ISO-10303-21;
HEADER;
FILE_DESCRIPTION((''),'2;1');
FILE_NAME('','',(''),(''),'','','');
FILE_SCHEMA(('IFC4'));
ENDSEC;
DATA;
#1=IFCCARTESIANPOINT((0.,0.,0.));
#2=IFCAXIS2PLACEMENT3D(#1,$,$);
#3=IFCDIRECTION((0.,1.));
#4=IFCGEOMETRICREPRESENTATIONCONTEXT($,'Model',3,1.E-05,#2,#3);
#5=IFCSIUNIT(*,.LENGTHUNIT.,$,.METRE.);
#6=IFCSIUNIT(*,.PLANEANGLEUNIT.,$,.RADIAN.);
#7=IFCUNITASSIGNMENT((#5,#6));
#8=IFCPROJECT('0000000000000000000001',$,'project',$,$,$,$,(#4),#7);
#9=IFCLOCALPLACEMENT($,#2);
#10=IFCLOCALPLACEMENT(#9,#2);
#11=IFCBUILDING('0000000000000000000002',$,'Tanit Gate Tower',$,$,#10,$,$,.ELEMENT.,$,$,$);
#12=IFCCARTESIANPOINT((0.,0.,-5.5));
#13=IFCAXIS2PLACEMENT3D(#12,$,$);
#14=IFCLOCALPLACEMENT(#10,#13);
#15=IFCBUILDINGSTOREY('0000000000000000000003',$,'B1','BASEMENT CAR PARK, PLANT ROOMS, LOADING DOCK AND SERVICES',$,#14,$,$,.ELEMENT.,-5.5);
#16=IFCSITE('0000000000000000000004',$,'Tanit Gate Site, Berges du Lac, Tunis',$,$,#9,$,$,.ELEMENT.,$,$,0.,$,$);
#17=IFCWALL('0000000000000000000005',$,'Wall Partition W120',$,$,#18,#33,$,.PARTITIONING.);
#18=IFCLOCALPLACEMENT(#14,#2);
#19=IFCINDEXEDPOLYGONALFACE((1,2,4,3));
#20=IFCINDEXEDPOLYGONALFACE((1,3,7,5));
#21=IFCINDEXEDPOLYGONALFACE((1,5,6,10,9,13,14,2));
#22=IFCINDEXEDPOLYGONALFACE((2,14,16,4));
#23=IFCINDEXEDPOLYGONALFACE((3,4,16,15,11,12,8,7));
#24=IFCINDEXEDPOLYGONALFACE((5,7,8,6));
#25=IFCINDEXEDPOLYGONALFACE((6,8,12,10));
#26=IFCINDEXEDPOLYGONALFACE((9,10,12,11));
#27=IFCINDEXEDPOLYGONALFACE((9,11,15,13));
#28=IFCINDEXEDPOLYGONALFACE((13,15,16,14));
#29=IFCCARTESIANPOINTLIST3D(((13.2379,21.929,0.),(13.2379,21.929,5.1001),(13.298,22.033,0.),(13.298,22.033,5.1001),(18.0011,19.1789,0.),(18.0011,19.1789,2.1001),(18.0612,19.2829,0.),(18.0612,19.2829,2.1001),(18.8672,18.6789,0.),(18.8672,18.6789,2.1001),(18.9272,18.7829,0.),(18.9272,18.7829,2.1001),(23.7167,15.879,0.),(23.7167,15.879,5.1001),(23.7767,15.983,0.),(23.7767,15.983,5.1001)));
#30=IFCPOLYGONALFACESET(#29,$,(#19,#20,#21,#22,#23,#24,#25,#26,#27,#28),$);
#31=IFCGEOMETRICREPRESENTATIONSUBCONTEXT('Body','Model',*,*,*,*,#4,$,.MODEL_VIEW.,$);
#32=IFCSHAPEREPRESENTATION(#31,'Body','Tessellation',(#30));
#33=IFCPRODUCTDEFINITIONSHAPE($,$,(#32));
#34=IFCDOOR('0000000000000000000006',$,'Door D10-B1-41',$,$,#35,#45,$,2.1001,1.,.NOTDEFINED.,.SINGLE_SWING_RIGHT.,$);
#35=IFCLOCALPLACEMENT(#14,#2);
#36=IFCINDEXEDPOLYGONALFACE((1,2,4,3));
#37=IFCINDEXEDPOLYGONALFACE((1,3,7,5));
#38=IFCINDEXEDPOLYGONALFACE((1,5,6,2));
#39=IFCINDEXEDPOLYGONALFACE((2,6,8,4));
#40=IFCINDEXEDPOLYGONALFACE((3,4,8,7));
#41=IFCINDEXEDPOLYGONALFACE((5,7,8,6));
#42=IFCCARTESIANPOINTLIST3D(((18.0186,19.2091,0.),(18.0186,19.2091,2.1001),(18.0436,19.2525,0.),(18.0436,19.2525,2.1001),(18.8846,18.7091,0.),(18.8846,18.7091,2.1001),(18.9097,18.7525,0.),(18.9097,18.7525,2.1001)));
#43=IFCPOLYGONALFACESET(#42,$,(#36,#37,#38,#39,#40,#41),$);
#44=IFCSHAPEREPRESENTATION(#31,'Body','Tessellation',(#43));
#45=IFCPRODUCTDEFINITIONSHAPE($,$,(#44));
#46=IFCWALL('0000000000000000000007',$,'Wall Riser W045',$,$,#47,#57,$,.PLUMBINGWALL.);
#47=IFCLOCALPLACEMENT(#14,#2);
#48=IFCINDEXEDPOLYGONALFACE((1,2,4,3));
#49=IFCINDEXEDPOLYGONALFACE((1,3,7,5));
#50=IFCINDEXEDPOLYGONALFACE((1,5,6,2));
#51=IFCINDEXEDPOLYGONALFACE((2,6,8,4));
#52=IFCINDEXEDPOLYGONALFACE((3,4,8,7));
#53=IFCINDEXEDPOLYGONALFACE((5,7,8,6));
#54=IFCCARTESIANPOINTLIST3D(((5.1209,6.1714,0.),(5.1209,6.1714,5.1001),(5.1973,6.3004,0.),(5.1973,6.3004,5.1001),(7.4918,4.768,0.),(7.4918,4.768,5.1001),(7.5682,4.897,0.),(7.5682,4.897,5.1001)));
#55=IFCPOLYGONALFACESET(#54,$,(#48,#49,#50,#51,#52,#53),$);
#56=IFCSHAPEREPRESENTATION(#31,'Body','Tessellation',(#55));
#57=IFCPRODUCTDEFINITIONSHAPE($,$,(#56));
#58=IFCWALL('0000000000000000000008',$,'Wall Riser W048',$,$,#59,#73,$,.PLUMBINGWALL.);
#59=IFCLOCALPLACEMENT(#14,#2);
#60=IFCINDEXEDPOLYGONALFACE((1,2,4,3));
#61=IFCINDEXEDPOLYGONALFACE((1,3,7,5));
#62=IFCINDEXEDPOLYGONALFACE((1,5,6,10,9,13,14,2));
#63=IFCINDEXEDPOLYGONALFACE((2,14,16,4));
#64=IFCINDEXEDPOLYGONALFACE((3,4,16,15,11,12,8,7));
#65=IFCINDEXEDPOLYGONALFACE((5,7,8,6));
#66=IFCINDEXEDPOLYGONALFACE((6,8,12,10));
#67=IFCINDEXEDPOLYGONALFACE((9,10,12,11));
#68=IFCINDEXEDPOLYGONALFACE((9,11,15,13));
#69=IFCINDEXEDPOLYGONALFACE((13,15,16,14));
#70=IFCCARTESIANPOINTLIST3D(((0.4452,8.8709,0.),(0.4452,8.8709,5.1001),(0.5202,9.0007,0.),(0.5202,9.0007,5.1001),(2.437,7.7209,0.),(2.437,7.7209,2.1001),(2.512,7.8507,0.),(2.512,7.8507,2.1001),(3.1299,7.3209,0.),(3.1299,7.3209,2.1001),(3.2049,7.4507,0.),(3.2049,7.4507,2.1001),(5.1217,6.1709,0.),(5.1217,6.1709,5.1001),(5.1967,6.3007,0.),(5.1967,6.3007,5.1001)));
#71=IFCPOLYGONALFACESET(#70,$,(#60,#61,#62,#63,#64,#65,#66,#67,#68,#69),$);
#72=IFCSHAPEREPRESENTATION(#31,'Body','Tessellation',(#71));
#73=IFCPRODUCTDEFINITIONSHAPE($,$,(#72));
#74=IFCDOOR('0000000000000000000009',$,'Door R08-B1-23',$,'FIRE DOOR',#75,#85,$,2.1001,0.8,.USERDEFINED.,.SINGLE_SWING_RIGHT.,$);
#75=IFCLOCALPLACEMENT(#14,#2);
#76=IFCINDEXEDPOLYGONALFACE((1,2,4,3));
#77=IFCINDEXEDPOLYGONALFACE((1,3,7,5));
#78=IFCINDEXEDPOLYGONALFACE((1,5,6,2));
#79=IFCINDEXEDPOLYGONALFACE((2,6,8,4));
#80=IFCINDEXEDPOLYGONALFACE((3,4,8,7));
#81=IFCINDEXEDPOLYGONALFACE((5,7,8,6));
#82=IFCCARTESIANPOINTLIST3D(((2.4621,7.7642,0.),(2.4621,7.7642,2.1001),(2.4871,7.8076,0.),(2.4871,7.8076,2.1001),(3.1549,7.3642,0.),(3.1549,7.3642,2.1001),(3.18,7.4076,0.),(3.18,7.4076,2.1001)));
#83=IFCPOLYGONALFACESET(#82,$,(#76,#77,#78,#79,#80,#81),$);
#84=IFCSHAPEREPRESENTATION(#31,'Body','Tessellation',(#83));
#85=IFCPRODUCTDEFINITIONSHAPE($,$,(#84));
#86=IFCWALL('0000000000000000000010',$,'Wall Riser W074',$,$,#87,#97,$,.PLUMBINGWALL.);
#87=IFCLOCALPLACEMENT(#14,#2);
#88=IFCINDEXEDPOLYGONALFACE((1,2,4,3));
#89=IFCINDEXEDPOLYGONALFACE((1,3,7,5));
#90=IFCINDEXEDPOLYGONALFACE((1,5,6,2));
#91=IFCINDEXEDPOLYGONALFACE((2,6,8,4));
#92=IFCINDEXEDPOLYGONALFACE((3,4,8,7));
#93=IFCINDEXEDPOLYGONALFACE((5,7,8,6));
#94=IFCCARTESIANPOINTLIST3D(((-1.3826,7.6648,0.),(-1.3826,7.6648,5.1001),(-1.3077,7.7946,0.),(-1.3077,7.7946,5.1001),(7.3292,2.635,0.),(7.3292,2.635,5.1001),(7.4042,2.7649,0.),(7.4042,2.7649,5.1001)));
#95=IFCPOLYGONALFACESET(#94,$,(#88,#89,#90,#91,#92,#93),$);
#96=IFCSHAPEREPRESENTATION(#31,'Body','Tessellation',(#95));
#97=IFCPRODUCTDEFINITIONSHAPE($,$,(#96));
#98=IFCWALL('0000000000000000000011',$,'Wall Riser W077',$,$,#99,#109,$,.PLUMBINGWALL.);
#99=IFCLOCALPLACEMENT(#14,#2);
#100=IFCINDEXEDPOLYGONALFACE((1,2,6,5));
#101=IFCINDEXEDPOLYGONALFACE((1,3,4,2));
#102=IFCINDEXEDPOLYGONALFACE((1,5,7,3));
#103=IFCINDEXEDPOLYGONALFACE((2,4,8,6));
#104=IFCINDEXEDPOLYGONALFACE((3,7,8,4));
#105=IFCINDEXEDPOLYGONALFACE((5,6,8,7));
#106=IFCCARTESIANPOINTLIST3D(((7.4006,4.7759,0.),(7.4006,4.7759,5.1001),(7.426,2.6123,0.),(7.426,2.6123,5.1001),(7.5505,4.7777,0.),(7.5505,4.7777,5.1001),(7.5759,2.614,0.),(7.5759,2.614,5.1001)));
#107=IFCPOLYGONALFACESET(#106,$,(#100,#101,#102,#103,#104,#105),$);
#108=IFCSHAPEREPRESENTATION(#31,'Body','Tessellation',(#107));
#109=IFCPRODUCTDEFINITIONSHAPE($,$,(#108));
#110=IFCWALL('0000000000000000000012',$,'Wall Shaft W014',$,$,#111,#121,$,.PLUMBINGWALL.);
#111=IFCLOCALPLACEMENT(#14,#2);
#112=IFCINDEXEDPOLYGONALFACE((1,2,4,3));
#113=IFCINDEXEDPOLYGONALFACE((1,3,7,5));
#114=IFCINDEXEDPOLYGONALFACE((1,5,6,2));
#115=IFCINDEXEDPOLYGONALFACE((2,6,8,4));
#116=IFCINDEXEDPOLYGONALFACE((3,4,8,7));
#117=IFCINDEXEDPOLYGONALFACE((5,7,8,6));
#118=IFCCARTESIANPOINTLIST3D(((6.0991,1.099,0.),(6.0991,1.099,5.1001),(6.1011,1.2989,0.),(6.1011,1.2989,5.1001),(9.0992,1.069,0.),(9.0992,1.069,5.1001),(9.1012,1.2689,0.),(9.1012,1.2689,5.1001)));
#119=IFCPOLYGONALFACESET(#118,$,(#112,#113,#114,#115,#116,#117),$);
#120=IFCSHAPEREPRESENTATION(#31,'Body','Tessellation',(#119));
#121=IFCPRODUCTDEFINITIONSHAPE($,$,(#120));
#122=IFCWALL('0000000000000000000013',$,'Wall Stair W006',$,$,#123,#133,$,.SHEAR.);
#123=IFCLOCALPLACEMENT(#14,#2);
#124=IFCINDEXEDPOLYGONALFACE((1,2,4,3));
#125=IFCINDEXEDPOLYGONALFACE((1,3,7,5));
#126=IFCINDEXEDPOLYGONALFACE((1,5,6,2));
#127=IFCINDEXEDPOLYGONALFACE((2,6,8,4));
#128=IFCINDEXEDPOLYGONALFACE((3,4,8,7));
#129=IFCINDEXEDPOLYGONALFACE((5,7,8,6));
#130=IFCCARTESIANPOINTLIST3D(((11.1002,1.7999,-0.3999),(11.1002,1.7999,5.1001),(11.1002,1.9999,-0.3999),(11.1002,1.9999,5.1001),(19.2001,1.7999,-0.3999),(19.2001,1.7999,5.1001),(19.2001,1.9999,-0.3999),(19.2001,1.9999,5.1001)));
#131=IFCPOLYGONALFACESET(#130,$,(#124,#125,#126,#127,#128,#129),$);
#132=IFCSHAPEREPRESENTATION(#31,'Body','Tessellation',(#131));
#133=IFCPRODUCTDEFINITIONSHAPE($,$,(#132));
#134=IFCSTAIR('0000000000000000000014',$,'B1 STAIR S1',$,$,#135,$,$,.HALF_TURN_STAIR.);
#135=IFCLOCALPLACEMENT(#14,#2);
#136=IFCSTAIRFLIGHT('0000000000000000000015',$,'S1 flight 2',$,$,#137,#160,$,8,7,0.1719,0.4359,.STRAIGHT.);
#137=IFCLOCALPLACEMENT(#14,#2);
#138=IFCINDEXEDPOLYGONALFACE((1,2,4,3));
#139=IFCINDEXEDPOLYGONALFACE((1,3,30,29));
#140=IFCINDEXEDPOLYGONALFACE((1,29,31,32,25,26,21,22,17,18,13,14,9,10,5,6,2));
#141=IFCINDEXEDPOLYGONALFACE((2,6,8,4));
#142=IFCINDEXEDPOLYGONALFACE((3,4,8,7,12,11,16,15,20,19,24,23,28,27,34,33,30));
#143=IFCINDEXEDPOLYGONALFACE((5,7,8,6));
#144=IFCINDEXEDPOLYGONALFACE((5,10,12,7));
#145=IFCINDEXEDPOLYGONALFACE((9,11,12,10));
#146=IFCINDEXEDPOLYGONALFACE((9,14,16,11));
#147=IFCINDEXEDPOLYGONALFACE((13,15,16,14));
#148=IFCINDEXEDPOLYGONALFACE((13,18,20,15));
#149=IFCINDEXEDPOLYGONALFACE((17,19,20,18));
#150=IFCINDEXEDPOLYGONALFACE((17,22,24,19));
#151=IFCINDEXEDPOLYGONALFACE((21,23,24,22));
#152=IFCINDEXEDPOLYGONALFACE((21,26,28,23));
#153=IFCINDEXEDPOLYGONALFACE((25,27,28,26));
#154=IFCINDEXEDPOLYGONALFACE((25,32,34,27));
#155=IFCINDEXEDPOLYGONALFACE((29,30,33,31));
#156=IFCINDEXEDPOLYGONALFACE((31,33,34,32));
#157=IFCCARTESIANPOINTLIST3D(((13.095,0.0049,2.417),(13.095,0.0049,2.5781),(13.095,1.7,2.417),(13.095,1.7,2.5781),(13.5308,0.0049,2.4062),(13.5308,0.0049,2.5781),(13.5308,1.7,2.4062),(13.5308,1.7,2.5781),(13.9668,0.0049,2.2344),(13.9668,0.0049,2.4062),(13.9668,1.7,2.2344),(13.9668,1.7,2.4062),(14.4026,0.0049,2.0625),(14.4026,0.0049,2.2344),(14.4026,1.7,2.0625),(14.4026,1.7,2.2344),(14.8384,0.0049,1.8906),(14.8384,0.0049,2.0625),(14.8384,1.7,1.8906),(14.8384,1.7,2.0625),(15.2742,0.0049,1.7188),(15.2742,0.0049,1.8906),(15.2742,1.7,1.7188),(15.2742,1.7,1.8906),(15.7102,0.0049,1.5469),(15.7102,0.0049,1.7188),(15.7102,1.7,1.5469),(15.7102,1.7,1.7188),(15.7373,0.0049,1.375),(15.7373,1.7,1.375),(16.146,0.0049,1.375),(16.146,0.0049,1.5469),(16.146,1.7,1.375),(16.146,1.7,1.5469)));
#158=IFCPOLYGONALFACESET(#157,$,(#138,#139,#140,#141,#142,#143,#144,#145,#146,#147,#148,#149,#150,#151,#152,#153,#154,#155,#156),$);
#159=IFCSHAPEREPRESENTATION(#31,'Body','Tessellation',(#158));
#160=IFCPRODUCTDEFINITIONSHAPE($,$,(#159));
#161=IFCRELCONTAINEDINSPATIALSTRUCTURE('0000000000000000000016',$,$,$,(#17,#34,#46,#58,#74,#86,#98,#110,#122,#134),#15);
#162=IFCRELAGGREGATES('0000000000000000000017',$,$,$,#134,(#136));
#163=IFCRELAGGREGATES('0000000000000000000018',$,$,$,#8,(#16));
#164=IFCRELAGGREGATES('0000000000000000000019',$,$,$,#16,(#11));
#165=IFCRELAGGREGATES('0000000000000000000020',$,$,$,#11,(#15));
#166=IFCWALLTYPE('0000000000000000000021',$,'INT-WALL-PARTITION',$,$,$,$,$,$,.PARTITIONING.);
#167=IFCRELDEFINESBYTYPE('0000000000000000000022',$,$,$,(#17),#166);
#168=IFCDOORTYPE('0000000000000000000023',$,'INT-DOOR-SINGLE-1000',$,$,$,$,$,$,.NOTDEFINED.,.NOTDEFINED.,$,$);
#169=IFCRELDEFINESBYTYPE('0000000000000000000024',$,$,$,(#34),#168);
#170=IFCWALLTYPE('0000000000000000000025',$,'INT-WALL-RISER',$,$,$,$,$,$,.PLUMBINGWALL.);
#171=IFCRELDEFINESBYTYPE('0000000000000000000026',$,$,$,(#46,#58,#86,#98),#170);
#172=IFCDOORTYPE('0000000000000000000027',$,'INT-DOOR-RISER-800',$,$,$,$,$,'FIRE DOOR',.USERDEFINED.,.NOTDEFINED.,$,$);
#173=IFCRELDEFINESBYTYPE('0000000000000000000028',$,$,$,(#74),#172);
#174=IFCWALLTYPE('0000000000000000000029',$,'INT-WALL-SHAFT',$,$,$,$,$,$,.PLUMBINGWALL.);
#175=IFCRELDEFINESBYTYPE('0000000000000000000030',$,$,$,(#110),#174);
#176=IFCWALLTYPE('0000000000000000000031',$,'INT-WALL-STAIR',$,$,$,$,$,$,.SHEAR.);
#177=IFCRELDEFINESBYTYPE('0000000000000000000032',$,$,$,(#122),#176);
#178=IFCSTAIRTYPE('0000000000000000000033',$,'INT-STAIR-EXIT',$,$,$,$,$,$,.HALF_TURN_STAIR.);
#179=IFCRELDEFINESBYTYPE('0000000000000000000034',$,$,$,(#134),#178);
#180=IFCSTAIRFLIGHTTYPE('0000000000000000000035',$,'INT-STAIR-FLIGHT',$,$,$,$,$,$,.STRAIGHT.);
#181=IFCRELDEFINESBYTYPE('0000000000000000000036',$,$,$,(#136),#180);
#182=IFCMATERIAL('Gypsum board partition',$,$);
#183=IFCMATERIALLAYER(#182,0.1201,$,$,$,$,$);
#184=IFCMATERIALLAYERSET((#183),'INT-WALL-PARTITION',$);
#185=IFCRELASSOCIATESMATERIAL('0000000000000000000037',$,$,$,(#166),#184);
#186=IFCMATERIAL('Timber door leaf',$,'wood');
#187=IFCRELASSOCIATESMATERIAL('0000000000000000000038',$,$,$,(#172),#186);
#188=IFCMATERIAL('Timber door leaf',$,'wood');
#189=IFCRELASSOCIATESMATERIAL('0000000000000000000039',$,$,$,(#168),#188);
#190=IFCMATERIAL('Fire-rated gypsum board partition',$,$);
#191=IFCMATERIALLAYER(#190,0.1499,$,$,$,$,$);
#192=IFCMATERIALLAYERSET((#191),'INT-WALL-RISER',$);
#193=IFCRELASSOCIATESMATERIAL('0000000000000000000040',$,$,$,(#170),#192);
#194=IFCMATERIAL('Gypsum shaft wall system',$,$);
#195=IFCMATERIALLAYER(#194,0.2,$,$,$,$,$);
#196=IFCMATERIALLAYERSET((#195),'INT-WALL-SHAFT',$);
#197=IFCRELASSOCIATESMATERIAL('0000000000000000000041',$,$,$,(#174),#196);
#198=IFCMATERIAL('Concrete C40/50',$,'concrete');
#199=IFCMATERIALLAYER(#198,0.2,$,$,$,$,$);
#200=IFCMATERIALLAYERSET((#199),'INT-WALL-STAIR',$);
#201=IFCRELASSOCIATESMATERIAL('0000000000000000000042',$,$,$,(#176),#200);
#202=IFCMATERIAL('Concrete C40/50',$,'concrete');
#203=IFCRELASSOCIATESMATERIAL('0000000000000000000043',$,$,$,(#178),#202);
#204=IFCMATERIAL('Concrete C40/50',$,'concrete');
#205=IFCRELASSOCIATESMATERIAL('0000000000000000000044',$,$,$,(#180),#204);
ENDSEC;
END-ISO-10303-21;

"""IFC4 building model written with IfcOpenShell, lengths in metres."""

from ifc_helpers import new_model, si_unit, direction, frame, frame_2d, origin, place, context, subcontext, project, spatial, polyline, rectangle, outline, extrude, material, layer, layer_set, type_object, element, fill, aggregate, save


model = new_model("IFC4")

# Units and contexts
model_context = context("Model", 3, precision=1e-05, world=origin(), true_north=direction((0.0, 1.0)))
body_context = subcontext(model_context, "Body", "Model", "MODEL_VIEW")
ifc_project = project(units=[si_unit("LENGTHUNIT", "METRE"), si_unit("PLANEANGLEUNIT", "RADIAN")], contexts=[model_context])

# Site, building, storey
site_placement = place(None, origin())
site = spatial("IfcSite", under=ifc_project, at=site_placement, Name="Tanit Gate Site, Berges du Lac, Tunis", CompositionType="ELEMENT", RefElevation=0.0)
building_placement = place(site_placement, origin())
building = spatial("IfcBuilding", under=site, at=building_placement, Name="Tanit Gate Tower", CompositionType="ELEMENT")
storey_placement = place(building_placement, frame((0.0, 0.0, -5.5)))
storey = spatial("IfcBuildingStorey", under=building, at=storey_placement, Name="B1", Description="BASEMENT CAR PARK, PLANT ROOMS, LOADING DOCK AND SERVICES", CompositionType="ELEMENT", Elevation=-5.5)

# Wall, opening, door
ifc_material_1 = material(Name="Gypsum board partition")
ifc_layer_1 = layer(ifc_material_1, 0.1201)
ifc_layer_set_1 = layer_set([ifc_layer_1], Name="INT-WALL-PARTITION")
wall_type_1 = type_object("IfcWallType", Name="INT-WALL-PARTITION", PredefinedType="PARTITIONING", material=ifc_layer_set_1)
ifc_material_2 = material(Name="Timber door leaf", Category="wood")
door_type_1 = type_object("IfcDoorType", Name="INT-DOOR-RISER-800", ElementType="FIRE DOOR", OperationType="NOTDEFINED", PredefinedType="USERDEFINED", material=ifc_material_2)
wall_1_placement = place(storey_placement, frame((13.2681, 21.981, 0.0), z_axis=(0.0, 0.0, 1.0), x_axis=(0.866021, -0.500008, 0.0)))
wall_1 = element("IfcWall", 1, at=wall_1_placement, inside=storey, type_object=wall_type_1, Name="Wall Partition W120", PredefinedType="PARTITIONING", context=body_context, shape_type="SweptSolid", body=[
    extrude(rectangle(XDim=12.0999, YDim=0.1201, at=frame_2d((6.0498, 0.0))), origin(), (0.0, 0.0, 1.0), 5.1001),
])
opening_1_placement = place(wall_1_placement, frame((5.5, 0.0, 0.0)))
opening_1 = element("IfcOpeningElement", 2, at=opening_1_placement, cuts=wall_1, PredefinedType="OPENING", context=body_context, shape_type="SweptSolid", body=[
    extrude(rectangle(XDim=1.0, YDim=2.1001, at=frame_2d((0.5, 1.05))), frame((0.0, 0.0701, 0.0), z_axis=(0.0, -1.0, 0.0), x_axis=(1.0, 0.0, 0.0)), (0.0, 0.0, 1.0), 0.1401),
])
ifc_material_3 = material(Name="Timber door leaf", Category="wood")
door_type_2 = type_object("IfcDoorType", Name="INT-DOOR-SINGLE-1000", OperationType="NOTDEFINED", PredefinedType="NOTDEFINED", material=ifc_material_3)
door_1_placement = place(opening_1_placement, origin())
door_1 = element("IfcDoor", 3, at=door_1_placement, inside=storey, type_object=door_type_2, Name="Door D10-B1-41", OperationType="SINGLE_SWING_RIGHT", OverallHeight=2.1001, OverallWidth=1.0, PredefinedType="NOTDEFINED", context=body_context, shape_type="SweptSolid", body=[
    extrude(rectangle(XDim=1.0, YDim=2.1001, at=frame_2d((0.5, 1.05))), frame((0.0, 0.0249, 0.0), z_axis=(0.0, -1.0, 0.0), x_axis=(1.0, 0.0, 0.0)), (0.0, 0.0, 1.0), 0.05),
])
fill(opening_1, door_1)

# Wall
ifc_material_4 = material(Name="Fire-rated gypsum board partition")
ifc_layer_2 = layer(ifc_material_4, 0.1499)
ifc_layer_set_2 = layer_set([ifc_layer_2], Name="INT-WALL-RISER")
wall_type_2 = type_object("IfcWallType", Name="INT-WALL-RISER", PredefinedType="PLUMBINGWALL", material=ifc_layer_set_2)
wall_2_placement = place(storey_placement, frame((5.1592, 6.2358, 0.0), z_axis=(0.0, 0.0, 1.0), x_axis=(0.860551, -0.509365, 0.0)))
element("IfcWall", 4, at=wall_2_placement, inside=storey, type_object=wall_type_2, Name="Wall Riser W045", PredefinedType="PLUMBINGWALL", context=body_context, shape_type="SweptSolid", body=[
    extrude(rectangle(XDim=2.7551, YDim=0.1499, at=frame_2d((1.3774, 0.0))), origin(), (0.0, 0.0, 1.0), 5.1001),
])

# Wall, opening, door
wall_3_placement = place(storey_placement, frame((5.1592, 6.2358, 0.0), z_axis=(0.0, 0.0, 1.0), x_axis=(-0.866028, 0.499995, 0.0)))
wall_3 = element("IfcWall", 5, at=wall_3_placement, inside=storey, type_object=wall_type_2, Name="Wall Riser W048", PredefinedType="PLUMBINGWALL", context=body_context, shape_type="SweptSolid", body=[
    extrude(rectangle(XDim=5.3999, YDim=0.1499, at=frame_2d((2.7, 0.0))), origin(), (0.0, 0.0, 1.0), 5.1001),
])
opening_2_placement = place(wall_3_placement, frame((2.3, 0.0, 0.0)))
opening_2 = element("IfcOpeningElement", 6, at=opening_2_placement, cuts=wall_3, PredefinedType="OPENING", context=body_context, shape_type="SweptSolid", body=[
    extrude(rectangle(XDim=0.8, YDim=2.1001, at=frame_2d((0.3999, 1.05))), frame((0.0, 0.085, 0.0), z_axis=(0.0, -1.0, 0.0), x_axis=(1.0, 0.0, 0.0)), (0.0, 0.0, 1.0), 0.1699),
])
door_2_placement = place(opening_2_placement, origin())
door_2 = element("IfcDoor", 7, at=door_2_placement, inside=storey, type_object=door_type_1, Name="Door R08-B1-23", ObjectType="FIRE DOOR", OperationType="SINGLE_SWING_RIGHT", OverallHeight=2.1001, OverallWidth=0.8, PredefinedType="USERDEFINED", context=body_context, shape_type="SweptSolid", body=[
    extrude(rectangle(XDim=0.8, YDim=2.1001, at=frame_2d((0.3999, 1.05))), frame((0.0, 0.0249, 0.0), z_axis=(0.0, -1.0, 0.0), x_axis=(1.0, 0.0, 0.0)), (0.0, 0.0, 1.0), 0.05),
])
fill(opening_2, door_2)

# Walls
wall_4_placement = place(storey_placement, frame((7.3667, 2.7, 0.0), z_axis=(0.0, 0.0, 1.0), x_axis=(-0.866027, 0.499997, 0.0)))
element("IfcWall", 8, at=wall_4_placement, inside=storey, type_object=wall_type_2, Name="Wall Riser W074", PredefinedType="PLUMBINGWALL", context=body_context, shape_type="SweptSolid", body=[
    extrude(rectangle(XDim=10.0596, YDim=0.1499, at=frame_2d((5.0298, 0.0))), origin(), (0.0, 0.0, 1.0), 5.1001),
])
wall_5_placement = place(storey_placement, frame((7.501, 2.613, 0.0), z_axis=(0.0, 0.0, 1.0), x_axis=(-0.011735, 0.999931, 0.0)))
element("IfcWall", 9, at=wall_5_placement, inside=storey, type_object=wall_type_2, Name="Wall Riser W077", PredefinedType="PLUMBINGWALL", context=body_context, shape_type="SweptSolid", body=[
    extrude(rectangle(XDim=2.1638, YDim=0.1499, at=frame_2d((1.082, 0.0))), origin(), (0.0, 0.0, 1.0), 5.1001),
])

# Shared definitions
ifc_material_5 = material(Name="Gypsum shaft wall system")
ifc_layer_3 = layer(ifc_material_5, 0.2)
ifc_layer_set_3 = layer_set([ifc_layer_3], Name="INT-WALL-SHAFT")
wall_type_3 = type_object("IfcWallType", Name="INT-WALL-SHAFT", PredefinedType="PLUMBINGWALL", material=ifc_layer_set_3)

# Walls
wall_6_placement = place(storey_placement, frame((9.1001, 1.1689, 0.0), z_axis=(0.0, 0.0, 1.0), x_axis=(-0.99995, 0.010009, 0.0)))
element("IfcWall", 10, at=wall_6_placement, inside=storey, type_object=wall_type_3, Name="Wall Shaft W014", PredefinedType="PLUMBINGWALL", context=body_context, shape_type="SweptSolid", body=[
    extrude(rectangle(XDim=3.0002, YDim=0.2, at=frame_2d((1.5, 0.0))), origin(), (0.0, 0.0, 1.0), 5.1001),
])
ifc_material_6 = material(Name="Concrete C40/50", Category="concrete")
ifc_layer_4 = layer(ifc_material_6, 0.2)
ifc_layer_set_4 = layer_set([ifc_layer_4], Name="INT-WALL-STAIR")
wall_type_4 = type_object("IfcWallType", Name="INT-WALL-STAIR", PredefinedType="SHEAR", material=ifc_layer_set_4)
wall_7_placement = place(storey_placement, frame((19.2, 1.8999, -0.3999), z_axis=(0.0, 0.0, 1.0), x_axis=(-1.0, 0.0, 0.0)))
element("IfcWall", 11, at=wall_7_placement, inside=storey, type_object=wall_type_4, Name="Wall Stair W006", PredefinedType="SHEAR", context=body_context, shape_type="SweptSolid", body=[
    extrude(rectangle(XDim=8.0999, YDim=0.2, at=frame_2d((4.0498, 0.0))), origin(), (0.0, 0.0, 1.0), 5.5),
])

# Stair, stair flight
ifc_material_7 = material(Name="Concrete C40/50", Category="concrete")
stair_type = type_object("IfcStairType", Name="INT-STAIR-EXIT", PredefinedType="HALF_TURN_STAIR", material=ifc_material_7)
stair_placement = place(storey_placement, origin())
stair = element("IfcStair", 12, at=stair_placement, inside=storey, type_object=stair_type, Name="B1 STAIR S1", PredefinedType="HALF_TURN_STAIR")
ifc_material_8 = material(Name="Concrete C40/50", Category="concrete")
stair_flight_type = type_object("IfcStairFlightType", Name="INT-STAIR-FLIGHT", PredefinedType="STRAIGHT", material=ifc_material_8)
stair_flight_1_placement = place(storey_placement, frame((16.146, 0.8525, 1.375), z_axis=(0.0, 0.0, 1.0), x_axis=(-1.0, 0.0, 0.0)))
stair_flight_1 = element("IfcStairFlight", 13, at=stair_flight_1_placement, type_object=stair_flight_type, Name="S1 flight 2", NumberOfRisers=8, NumberOfTreads=7, PredefinedType="STRAIGHT", RiserHeight=0.1719, TreadLength=0.4359, context=body_context, shape_type="SweptSolid", body=[
    extrude(outline(polyline([(0.0, 0.0), (0.0, 0.1719), (0.4358, 0.1719), (0.4358, 0.3438), (0.8718, 0.3438), (0.8718, 0.5156), (1.3076, 0.5156), (1.3076, 0.6875), (1.7434, 0.6875), (1.7434, 0.8594), (2.1792, 0.8594), (2.1792, 1.0312), (2.6152, 1.0312), (2.6152, 1.2031), (3.051, 1.2031), (3.051, 1.375), (3.051, 1.042), (0.4087, 0.0), (0.0, 0.0)])), frame((0.0, 0.8477, 0.0), z_axis=(0.0, -1.0, 0.0), x_axis=(1.0, 0.0, 0.0)), (0.0, 0.0, 1.0), 1.6951),
])
aggregate(stair, [stair_flight_1])

save(model, "model.ifc")
